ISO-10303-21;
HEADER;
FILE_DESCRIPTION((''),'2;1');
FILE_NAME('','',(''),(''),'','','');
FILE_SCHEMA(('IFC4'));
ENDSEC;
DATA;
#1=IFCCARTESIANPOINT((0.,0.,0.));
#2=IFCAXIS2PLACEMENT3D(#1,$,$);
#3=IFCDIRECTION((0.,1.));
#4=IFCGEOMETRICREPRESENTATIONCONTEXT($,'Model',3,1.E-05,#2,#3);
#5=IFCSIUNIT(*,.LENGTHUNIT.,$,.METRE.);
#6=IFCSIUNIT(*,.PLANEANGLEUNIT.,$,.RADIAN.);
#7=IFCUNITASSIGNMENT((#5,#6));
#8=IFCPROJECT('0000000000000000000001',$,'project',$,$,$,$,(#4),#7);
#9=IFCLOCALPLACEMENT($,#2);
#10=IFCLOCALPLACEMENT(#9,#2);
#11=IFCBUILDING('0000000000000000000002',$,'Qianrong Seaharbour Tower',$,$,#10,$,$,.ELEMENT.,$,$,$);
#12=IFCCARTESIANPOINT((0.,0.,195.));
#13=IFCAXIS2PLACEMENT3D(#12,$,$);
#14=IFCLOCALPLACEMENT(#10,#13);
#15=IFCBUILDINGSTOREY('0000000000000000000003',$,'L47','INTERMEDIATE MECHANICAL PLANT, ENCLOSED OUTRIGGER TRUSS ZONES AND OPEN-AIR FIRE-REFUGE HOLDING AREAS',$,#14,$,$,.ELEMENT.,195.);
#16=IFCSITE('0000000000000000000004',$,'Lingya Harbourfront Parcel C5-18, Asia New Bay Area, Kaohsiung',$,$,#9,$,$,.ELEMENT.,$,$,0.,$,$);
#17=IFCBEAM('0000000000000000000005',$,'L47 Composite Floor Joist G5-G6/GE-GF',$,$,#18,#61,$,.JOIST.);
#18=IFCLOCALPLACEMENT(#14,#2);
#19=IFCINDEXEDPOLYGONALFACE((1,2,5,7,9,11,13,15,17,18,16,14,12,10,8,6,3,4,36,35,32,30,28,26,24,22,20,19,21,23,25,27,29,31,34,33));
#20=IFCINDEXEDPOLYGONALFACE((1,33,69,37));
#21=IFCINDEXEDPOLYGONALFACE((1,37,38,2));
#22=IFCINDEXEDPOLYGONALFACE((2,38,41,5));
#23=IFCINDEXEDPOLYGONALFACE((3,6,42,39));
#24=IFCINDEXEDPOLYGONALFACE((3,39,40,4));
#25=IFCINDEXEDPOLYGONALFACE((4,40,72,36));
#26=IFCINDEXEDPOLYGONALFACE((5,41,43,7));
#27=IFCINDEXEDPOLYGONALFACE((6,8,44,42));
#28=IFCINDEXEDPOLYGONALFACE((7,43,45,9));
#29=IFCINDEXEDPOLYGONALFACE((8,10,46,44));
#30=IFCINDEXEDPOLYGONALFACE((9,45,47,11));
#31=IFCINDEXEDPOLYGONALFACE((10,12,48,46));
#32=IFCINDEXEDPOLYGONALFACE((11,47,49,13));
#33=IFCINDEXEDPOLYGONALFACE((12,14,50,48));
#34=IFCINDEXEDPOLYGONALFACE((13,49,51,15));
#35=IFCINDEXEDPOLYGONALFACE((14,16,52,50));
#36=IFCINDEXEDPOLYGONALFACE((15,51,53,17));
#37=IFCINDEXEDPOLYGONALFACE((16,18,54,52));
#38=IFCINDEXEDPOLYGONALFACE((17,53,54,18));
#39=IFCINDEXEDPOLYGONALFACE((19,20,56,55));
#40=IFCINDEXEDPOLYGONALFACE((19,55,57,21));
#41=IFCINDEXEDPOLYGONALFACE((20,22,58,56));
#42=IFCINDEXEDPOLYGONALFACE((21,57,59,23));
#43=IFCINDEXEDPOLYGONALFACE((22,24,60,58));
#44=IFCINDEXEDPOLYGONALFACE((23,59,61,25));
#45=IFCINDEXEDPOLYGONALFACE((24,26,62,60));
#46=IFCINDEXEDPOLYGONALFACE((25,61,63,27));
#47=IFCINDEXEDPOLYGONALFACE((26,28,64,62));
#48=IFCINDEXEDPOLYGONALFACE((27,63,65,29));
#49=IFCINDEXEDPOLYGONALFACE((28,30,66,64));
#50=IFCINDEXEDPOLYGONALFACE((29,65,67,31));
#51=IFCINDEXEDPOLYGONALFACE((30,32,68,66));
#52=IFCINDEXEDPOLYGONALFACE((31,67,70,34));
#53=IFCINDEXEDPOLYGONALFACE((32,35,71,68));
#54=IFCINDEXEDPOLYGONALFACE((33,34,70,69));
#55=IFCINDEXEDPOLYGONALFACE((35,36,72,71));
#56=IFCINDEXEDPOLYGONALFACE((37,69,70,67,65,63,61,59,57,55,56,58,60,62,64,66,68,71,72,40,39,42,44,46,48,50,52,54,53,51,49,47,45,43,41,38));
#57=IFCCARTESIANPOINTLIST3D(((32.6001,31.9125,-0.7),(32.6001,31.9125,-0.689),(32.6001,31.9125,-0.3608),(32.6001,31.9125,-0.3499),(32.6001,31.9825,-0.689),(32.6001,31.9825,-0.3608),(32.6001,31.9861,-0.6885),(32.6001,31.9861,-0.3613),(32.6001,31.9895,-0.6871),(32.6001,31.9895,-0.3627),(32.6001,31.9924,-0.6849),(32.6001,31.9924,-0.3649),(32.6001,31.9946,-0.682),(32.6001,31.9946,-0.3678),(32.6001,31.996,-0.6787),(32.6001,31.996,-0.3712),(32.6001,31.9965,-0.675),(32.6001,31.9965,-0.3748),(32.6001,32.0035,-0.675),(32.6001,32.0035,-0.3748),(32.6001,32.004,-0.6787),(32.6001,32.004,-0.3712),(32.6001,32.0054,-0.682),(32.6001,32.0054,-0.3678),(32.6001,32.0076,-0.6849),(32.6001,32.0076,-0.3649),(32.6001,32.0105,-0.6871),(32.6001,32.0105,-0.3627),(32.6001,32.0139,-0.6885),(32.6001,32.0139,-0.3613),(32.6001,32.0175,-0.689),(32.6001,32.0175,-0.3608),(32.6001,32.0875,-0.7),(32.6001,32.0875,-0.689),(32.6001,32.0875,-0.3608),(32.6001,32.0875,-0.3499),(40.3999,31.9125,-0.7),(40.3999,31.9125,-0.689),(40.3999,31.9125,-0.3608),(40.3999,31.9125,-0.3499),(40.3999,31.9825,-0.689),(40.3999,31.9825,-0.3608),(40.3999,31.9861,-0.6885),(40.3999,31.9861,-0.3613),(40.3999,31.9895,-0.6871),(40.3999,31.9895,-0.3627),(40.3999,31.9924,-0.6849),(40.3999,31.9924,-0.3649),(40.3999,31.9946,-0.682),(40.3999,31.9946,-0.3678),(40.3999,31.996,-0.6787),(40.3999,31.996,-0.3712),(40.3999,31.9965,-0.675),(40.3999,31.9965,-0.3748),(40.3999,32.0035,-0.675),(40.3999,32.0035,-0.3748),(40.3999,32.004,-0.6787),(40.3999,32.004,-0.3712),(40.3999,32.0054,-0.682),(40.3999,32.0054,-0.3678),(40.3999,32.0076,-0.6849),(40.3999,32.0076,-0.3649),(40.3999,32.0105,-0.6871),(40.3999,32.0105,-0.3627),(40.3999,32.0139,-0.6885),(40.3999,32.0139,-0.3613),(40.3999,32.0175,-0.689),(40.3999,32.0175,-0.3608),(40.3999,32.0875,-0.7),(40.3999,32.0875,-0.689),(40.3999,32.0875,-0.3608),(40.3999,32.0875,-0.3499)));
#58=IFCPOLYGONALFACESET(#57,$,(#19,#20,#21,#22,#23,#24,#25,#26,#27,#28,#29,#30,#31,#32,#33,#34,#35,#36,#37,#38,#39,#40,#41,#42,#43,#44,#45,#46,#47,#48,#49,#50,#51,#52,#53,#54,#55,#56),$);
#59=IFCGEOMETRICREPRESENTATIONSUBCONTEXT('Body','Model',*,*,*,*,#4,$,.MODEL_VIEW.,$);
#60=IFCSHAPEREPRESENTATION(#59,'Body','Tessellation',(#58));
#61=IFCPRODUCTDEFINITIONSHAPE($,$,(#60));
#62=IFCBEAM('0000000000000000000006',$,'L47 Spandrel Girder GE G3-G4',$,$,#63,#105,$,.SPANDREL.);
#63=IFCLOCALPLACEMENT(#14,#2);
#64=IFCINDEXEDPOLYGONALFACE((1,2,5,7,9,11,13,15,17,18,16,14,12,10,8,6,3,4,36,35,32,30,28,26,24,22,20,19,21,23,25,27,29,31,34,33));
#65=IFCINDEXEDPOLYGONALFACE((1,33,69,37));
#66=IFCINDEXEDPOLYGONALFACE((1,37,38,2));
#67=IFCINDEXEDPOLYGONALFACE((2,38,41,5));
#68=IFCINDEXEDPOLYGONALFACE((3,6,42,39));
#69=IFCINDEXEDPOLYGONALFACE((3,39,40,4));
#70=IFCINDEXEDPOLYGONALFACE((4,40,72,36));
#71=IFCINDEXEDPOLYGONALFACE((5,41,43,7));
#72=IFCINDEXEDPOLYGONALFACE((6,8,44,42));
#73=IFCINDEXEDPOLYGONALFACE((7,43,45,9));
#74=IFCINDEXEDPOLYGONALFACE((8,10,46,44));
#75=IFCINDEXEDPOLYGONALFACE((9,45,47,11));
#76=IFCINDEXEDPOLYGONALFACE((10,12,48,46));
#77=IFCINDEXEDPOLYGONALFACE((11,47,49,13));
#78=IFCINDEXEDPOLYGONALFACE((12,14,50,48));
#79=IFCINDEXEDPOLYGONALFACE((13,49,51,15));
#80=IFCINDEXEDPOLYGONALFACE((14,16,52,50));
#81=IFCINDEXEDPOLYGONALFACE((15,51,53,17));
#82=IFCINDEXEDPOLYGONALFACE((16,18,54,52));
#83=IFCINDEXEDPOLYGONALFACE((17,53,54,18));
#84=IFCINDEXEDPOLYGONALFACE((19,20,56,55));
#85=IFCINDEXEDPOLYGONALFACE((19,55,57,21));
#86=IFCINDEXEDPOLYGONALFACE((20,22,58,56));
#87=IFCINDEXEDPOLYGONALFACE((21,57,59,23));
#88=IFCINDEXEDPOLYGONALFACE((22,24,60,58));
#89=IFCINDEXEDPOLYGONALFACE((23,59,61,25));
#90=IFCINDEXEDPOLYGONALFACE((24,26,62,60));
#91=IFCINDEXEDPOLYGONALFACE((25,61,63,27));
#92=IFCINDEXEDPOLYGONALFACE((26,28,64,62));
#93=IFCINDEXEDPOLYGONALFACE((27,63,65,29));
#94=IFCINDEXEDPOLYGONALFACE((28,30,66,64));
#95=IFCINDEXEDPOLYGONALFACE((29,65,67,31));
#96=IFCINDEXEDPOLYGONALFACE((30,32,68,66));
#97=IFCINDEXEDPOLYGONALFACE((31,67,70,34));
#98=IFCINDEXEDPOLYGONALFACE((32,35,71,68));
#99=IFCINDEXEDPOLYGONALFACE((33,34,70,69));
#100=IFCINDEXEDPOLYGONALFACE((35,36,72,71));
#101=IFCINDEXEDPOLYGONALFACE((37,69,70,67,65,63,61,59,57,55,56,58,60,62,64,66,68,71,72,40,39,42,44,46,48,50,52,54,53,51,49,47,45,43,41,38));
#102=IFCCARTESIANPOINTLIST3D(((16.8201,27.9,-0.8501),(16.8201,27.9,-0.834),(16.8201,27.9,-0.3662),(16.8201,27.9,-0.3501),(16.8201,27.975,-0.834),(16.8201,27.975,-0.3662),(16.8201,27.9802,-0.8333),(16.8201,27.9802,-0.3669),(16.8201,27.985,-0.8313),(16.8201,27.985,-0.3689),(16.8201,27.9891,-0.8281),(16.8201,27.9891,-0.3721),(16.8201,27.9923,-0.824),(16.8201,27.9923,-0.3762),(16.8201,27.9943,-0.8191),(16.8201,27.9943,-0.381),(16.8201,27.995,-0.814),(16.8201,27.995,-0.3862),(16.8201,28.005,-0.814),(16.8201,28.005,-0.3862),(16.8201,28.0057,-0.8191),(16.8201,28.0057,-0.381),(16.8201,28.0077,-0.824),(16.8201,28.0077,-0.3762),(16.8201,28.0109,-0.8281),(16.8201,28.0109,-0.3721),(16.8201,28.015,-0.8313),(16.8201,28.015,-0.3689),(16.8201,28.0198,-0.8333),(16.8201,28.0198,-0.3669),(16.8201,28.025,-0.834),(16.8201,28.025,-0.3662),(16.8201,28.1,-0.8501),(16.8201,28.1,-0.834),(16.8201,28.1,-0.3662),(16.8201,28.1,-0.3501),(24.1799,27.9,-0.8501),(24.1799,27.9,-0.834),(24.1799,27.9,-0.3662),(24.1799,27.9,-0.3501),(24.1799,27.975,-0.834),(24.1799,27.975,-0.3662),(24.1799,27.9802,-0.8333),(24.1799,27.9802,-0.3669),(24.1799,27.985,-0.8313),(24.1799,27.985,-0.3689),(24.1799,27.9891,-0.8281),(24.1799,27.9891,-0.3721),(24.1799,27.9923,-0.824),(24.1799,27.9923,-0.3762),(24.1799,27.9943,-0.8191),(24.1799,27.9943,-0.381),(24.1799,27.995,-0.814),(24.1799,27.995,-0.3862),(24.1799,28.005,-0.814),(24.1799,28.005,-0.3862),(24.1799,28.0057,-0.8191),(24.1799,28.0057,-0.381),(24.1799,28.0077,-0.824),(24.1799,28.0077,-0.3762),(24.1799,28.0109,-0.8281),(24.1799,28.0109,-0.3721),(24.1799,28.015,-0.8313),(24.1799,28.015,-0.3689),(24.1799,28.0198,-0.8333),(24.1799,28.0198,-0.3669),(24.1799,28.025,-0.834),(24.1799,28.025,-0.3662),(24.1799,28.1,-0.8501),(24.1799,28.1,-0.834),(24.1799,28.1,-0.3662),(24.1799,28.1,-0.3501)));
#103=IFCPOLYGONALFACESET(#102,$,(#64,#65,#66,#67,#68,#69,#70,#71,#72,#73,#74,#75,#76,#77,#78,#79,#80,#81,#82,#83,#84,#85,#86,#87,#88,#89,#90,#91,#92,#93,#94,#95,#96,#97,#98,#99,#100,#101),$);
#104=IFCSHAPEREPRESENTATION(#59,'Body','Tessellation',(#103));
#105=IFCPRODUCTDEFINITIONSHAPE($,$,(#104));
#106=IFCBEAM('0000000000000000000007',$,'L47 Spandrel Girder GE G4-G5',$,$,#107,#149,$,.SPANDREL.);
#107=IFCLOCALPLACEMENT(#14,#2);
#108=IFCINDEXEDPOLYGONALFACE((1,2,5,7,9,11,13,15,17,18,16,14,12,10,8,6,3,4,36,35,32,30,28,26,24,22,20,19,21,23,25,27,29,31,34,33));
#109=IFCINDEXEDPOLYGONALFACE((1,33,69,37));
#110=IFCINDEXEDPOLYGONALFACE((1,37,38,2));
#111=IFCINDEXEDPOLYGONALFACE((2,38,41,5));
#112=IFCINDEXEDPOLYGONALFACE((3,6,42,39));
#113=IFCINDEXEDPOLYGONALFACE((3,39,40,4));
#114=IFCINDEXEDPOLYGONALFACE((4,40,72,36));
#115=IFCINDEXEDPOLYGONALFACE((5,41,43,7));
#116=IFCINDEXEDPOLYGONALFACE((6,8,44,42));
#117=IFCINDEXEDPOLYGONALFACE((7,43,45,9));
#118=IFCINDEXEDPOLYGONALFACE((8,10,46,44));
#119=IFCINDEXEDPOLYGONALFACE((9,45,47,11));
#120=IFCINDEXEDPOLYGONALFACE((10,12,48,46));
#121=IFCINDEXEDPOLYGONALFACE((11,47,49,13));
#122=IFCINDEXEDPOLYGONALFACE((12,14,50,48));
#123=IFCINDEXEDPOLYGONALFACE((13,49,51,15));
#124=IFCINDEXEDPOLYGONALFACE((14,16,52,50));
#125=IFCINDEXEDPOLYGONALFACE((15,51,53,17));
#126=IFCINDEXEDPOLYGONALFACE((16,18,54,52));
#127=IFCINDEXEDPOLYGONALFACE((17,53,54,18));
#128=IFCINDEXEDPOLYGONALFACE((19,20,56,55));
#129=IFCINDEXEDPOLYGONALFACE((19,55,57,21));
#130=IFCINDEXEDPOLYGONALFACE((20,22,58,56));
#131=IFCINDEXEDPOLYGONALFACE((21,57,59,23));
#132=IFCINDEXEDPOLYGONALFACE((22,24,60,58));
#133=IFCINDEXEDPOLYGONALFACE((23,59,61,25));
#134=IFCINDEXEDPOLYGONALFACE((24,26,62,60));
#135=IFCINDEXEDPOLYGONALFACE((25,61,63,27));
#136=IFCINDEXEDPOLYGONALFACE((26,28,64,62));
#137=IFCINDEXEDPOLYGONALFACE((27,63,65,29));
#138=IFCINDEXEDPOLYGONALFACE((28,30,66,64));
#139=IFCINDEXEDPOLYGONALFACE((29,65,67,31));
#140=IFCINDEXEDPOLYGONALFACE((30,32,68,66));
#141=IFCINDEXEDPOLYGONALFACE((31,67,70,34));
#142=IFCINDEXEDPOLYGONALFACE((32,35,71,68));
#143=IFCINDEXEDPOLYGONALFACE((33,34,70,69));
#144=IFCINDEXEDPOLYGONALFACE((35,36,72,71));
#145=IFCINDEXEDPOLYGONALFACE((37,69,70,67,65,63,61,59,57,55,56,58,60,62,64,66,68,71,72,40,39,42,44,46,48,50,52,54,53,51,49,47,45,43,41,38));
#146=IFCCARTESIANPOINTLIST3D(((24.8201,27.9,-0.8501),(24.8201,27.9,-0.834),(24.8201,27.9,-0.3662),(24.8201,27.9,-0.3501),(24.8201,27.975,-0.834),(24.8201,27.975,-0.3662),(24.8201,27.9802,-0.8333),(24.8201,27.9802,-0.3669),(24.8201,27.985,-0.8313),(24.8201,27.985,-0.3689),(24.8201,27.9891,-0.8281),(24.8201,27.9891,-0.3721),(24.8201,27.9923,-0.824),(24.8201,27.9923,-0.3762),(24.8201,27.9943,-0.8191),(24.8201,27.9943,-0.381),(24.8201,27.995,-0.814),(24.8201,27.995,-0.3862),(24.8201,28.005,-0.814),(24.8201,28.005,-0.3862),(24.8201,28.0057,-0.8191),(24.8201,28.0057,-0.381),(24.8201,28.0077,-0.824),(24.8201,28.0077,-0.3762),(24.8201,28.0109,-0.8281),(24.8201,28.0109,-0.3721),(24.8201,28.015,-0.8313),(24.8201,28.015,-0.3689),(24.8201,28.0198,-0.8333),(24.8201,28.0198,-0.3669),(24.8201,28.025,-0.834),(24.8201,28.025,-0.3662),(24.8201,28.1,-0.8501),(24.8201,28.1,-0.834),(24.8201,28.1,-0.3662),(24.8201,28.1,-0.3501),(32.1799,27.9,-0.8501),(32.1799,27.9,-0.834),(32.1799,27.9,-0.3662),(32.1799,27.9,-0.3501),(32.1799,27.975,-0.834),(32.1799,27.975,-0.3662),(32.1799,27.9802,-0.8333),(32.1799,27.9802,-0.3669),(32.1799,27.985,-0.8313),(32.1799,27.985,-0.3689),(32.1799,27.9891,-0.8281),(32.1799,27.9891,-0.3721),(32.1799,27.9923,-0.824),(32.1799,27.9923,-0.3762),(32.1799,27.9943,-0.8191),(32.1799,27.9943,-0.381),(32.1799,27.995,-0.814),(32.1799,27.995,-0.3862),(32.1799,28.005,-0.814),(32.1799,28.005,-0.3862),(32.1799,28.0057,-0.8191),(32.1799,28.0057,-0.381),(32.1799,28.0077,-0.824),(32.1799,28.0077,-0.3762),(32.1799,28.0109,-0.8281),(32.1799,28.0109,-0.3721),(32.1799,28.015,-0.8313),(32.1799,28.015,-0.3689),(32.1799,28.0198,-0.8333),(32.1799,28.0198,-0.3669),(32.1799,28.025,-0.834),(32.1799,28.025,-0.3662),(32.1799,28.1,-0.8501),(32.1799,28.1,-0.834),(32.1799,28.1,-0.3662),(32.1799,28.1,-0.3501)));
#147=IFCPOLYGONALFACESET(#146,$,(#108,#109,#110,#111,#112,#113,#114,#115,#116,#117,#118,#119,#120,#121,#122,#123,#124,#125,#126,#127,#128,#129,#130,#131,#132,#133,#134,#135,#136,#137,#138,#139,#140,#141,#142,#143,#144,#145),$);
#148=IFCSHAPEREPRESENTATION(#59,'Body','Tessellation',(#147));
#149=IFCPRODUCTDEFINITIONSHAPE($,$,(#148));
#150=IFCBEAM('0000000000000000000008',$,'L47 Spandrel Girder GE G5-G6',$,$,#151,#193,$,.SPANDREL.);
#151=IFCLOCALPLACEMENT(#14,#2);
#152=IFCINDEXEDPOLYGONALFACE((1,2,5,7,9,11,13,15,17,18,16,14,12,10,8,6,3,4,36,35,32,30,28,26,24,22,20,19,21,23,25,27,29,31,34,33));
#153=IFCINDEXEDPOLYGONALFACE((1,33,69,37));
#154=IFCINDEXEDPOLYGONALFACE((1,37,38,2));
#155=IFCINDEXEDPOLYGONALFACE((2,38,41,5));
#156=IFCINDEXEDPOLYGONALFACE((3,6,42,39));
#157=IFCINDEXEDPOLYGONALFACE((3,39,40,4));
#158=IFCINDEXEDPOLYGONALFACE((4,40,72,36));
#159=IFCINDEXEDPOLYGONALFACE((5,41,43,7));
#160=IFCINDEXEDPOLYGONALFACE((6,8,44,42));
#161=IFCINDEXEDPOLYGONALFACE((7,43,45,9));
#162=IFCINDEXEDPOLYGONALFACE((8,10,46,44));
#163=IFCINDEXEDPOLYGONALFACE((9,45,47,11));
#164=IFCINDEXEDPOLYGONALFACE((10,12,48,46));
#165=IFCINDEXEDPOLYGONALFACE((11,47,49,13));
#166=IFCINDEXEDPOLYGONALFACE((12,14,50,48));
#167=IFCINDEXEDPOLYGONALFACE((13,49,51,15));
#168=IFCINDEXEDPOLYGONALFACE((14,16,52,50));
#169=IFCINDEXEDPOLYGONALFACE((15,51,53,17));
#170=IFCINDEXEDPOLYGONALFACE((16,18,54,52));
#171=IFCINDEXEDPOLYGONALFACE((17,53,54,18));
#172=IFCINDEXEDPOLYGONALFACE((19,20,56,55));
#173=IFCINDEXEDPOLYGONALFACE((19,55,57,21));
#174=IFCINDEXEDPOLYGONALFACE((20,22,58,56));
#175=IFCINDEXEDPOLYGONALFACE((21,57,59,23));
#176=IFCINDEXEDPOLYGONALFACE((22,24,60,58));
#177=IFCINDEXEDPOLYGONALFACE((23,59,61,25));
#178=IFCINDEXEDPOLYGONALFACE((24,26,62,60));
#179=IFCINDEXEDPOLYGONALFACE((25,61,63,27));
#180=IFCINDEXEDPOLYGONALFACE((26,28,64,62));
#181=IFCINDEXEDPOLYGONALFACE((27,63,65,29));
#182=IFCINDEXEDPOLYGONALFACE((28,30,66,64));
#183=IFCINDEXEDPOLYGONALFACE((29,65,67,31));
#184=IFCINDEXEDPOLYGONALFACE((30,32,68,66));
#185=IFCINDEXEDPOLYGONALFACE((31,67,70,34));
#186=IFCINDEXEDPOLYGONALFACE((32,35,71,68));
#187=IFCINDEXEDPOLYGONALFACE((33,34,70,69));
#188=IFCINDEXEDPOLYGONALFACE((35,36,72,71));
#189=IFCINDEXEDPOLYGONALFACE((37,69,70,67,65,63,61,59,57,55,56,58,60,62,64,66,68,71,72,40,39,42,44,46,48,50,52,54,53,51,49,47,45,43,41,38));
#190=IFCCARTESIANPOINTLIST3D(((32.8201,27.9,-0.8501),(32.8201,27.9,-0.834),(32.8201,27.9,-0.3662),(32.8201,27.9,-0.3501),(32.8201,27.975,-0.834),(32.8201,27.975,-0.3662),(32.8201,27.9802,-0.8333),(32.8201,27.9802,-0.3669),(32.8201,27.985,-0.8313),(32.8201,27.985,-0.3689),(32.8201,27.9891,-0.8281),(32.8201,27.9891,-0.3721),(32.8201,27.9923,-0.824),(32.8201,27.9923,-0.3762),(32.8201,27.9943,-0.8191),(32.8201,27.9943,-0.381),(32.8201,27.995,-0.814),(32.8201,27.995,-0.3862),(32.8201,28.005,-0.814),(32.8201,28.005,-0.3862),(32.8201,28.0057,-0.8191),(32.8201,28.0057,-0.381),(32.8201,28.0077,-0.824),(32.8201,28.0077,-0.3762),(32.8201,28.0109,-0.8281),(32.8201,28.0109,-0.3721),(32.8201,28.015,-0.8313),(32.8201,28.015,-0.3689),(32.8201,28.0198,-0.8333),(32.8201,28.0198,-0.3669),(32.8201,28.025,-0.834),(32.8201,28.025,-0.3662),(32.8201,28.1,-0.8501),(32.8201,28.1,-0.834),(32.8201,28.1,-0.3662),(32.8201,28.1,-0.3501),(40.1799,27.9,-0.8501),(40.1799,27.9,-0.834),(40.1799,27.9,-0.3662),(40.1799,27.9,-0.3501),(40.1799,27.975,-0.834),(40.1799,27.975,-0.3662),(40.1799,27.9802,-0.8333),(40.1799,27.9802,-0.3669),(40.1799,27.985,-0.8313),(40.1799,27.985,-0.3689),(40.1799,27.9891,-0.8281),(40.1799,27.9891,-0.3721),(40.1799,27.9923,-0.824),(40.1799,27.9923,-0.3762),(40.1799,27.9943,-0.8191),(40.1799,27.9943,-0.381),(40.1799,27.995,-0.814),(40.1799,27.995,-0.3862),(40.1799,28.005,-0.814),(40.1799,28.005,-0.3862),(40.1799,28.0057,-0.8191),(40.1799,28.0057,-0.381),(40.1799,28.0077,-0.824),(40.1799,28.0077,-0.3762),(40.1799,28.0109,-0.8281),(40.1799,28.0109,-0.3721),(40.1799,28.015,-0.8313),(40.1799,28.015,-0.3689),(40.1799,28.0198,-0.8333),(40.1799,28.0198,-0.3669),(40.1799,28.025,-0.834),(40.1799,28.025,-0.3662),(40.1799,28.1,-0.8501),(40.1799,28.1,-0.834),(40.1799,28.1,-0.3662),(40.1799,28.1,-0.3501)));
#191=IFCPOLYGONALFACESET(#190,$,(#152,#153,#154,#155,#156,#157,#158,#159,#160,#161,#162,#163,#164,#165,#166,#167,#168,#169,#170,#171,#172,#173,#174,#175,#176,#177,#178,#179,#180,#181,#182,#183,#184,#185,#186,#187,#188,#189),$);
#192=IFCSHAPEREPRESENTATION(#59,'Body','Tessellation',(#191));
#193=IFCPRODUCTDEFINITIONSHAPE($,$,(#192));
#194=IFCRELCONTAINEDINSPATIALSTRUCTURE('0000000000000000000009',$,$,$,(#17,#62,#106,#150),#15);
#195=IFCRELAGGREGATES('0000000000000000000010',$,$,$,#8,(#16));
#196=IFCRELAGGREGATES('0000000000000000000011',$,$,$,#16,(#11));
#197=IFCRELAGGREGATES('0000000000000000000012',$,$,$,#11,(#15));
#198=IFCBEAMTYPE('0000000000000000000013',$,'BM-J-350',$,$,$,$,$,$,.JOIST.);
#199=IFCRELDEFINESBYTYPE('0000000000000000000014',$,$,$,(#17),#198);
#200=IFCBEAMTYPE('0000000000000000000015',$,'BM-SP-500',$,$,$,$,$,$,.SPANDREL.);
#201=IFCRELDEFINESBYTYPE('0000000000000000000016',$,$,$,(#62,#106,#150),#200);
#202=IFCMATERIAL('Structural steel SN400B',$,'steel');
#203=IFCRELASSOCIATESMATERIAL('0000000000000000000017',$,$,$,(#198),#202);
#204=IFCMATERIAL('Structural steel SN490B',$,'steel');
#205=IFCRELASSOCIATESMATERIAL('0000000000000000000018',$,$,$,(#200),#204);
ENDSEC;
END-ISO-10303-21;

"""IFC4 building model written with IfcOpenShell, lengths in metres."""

from ifc_helpers import new_model, si_unit, direction, frame, origin, origin_2d, place, context, subcontext, project, spatial, i_section, extrude, material, material_profile, profile_set, type_object, element, save


model = new_model("IFC4")

# Units and contexts
model_context = context("Model", 3, precision=1e-05, world=origin(), true_north=direction((0.0, 1.0)))
body_context = subcontext(model_context, "Body", "Model", "MODEL_VIEW")
ifc_project = project(units=[si_unit("LENGTHUNIT", "METRE"), si_unit("PLANEANGLEUNIT", "RADIAN")], contexts=[model_context])

# Site, building, storey
site_placement = place(None, origin())
site = spatial("IfcSite", under=ifc_project, at=site_placement, Name="Lingya Harbourfront Parcel C5-18, Asia New Bay Area, Kaohsiung", CompositionType="ELEMENT", RefElevation=0.0)
building_placement = place(site_placement, origin())
building = spatial("IfcBuilding", under=site, at=building_placement, Name="Qianrong Seaharbour Tower", CompositionType="ELEMENT")
storey_placement = place(building_placement, frame((0.0, 0.0, 195.0)))
storey = spatial("IfcBuildingStorey", under=building, at=storey_placement, Name="L47", Description="INTERMEDIATE MECHANICAL PLANT, ENCLOSED OUTRIGGER TRUSS ZONES AND OPEN-AIR FIRE-REFUGE HOLDING AREAS", CompositionType="ELEMENT", Elevation=195.0)

# Shared definitions
ifc_material_1 = material(Name="Structural steel SN490B", Category="steel")

# Beams
ifc_material_2 = material(Name="Structural steel SN400B", Category="steel")
ifc_material_profile_1 = material_profile(ifc_material_2, i_section(OverallWidth=0.175, OverallDepth=0.3501, WebThickness=0.0071, FlangeThickness=0.011, FilletRadius=0.0139, at=origin_2d()), Name="H350x175x7x11")
ifc_profile_set_1 = profile_set([ifc_material_profile_1], Name="Structural steel SN400B")
beam_type_1 = type_object("IfcBeamType", Name="BM-J-350", PredefinedType="JOIST", material=ifc_profile_set_1)
for number, where, z_axis, x_axis, name in (
    (1, (32.6001, 32.0, -0.5249), (1.0, 0.0, 0.0), (0.0, 1.0, 0.0), "L47 Composite Floor Joist G5-G6/GE-GF"),
):
    element("IfcBeam", number, at=place(storey_placement, frame(where, z_axis=z_axis, x_axis=x_axis)), inside=storey, type_object=beam_type_1, Name=name, PredefinedType="JOIST", context=body_context, shape_type="SweptSolid", body=[
        extrude(i_section(OverallWidth=0.175, OverallDepth=0.3501, WebThickness=0.0071, FlangeThickness=0.011, FilletRadius=0.0139, at=origin_2d()), origin(), (0.0, 0.0, 1.0), 7.7998),
    ])
ifc_material_profile_2 = material_profile(ifc_material_1, i_section(OverallWidth=0.2, OverallDepth=0.5, WebThickness=0.01, FlangeThickness=0.0161, FilletRadius=0.02, at=origin_2d()), Name="H500x200x10x16")
ifc_profile_set_2 = profile_set([ifc_material_profile_2], Name="Structural steel SN490B")
beam_type_2 = type_object("IfcBeamType", Name="BM-SP-500", PredefinedType="SPANDREL", material=ifc_profile_set_2)
for number, where, z_axis, x_axis, name in (
    (2, (16.8201, 28.0, -0.6001), (1.0, 0.0, 0.0), (0.0, 1.0, 0.0), "L47 Spandrel Girder GE G3-G4"),
    (3, (24.8201, 28.0, -0.6001), (1.0, 0.0, 0.0), (0.0, 1.0, 0.0), "L47 Spandrel Girder GE G4-G5"),
    (4, (32.8201, 28.0, -0.6001), (1.0, 0.0, 0.0), (0.0, 1.0, 0.0), "L47 Spandrel Girder GE G5-G6"),
):
    element("IfcBeam", number, at=place(storey_placement, frame(where, z_axis=z_axis, x_axis=x_axis)), inside=storey, type_object=beam_type_2, Name=name, PredefinedType="SPANDREL", context=body_context, shape_type="SweptSolid", body=[
        extrude(i_section(OverallWidth=0.2, OverallDepth=0.5, WebThickness=0.01, FlangeThickness=0.0161, FilletRadius=0.02, at=origin_2d()), origin(), (0.0, 0.0, 1.0), 7.3599),
    ])

save(model, "model.ifc")
